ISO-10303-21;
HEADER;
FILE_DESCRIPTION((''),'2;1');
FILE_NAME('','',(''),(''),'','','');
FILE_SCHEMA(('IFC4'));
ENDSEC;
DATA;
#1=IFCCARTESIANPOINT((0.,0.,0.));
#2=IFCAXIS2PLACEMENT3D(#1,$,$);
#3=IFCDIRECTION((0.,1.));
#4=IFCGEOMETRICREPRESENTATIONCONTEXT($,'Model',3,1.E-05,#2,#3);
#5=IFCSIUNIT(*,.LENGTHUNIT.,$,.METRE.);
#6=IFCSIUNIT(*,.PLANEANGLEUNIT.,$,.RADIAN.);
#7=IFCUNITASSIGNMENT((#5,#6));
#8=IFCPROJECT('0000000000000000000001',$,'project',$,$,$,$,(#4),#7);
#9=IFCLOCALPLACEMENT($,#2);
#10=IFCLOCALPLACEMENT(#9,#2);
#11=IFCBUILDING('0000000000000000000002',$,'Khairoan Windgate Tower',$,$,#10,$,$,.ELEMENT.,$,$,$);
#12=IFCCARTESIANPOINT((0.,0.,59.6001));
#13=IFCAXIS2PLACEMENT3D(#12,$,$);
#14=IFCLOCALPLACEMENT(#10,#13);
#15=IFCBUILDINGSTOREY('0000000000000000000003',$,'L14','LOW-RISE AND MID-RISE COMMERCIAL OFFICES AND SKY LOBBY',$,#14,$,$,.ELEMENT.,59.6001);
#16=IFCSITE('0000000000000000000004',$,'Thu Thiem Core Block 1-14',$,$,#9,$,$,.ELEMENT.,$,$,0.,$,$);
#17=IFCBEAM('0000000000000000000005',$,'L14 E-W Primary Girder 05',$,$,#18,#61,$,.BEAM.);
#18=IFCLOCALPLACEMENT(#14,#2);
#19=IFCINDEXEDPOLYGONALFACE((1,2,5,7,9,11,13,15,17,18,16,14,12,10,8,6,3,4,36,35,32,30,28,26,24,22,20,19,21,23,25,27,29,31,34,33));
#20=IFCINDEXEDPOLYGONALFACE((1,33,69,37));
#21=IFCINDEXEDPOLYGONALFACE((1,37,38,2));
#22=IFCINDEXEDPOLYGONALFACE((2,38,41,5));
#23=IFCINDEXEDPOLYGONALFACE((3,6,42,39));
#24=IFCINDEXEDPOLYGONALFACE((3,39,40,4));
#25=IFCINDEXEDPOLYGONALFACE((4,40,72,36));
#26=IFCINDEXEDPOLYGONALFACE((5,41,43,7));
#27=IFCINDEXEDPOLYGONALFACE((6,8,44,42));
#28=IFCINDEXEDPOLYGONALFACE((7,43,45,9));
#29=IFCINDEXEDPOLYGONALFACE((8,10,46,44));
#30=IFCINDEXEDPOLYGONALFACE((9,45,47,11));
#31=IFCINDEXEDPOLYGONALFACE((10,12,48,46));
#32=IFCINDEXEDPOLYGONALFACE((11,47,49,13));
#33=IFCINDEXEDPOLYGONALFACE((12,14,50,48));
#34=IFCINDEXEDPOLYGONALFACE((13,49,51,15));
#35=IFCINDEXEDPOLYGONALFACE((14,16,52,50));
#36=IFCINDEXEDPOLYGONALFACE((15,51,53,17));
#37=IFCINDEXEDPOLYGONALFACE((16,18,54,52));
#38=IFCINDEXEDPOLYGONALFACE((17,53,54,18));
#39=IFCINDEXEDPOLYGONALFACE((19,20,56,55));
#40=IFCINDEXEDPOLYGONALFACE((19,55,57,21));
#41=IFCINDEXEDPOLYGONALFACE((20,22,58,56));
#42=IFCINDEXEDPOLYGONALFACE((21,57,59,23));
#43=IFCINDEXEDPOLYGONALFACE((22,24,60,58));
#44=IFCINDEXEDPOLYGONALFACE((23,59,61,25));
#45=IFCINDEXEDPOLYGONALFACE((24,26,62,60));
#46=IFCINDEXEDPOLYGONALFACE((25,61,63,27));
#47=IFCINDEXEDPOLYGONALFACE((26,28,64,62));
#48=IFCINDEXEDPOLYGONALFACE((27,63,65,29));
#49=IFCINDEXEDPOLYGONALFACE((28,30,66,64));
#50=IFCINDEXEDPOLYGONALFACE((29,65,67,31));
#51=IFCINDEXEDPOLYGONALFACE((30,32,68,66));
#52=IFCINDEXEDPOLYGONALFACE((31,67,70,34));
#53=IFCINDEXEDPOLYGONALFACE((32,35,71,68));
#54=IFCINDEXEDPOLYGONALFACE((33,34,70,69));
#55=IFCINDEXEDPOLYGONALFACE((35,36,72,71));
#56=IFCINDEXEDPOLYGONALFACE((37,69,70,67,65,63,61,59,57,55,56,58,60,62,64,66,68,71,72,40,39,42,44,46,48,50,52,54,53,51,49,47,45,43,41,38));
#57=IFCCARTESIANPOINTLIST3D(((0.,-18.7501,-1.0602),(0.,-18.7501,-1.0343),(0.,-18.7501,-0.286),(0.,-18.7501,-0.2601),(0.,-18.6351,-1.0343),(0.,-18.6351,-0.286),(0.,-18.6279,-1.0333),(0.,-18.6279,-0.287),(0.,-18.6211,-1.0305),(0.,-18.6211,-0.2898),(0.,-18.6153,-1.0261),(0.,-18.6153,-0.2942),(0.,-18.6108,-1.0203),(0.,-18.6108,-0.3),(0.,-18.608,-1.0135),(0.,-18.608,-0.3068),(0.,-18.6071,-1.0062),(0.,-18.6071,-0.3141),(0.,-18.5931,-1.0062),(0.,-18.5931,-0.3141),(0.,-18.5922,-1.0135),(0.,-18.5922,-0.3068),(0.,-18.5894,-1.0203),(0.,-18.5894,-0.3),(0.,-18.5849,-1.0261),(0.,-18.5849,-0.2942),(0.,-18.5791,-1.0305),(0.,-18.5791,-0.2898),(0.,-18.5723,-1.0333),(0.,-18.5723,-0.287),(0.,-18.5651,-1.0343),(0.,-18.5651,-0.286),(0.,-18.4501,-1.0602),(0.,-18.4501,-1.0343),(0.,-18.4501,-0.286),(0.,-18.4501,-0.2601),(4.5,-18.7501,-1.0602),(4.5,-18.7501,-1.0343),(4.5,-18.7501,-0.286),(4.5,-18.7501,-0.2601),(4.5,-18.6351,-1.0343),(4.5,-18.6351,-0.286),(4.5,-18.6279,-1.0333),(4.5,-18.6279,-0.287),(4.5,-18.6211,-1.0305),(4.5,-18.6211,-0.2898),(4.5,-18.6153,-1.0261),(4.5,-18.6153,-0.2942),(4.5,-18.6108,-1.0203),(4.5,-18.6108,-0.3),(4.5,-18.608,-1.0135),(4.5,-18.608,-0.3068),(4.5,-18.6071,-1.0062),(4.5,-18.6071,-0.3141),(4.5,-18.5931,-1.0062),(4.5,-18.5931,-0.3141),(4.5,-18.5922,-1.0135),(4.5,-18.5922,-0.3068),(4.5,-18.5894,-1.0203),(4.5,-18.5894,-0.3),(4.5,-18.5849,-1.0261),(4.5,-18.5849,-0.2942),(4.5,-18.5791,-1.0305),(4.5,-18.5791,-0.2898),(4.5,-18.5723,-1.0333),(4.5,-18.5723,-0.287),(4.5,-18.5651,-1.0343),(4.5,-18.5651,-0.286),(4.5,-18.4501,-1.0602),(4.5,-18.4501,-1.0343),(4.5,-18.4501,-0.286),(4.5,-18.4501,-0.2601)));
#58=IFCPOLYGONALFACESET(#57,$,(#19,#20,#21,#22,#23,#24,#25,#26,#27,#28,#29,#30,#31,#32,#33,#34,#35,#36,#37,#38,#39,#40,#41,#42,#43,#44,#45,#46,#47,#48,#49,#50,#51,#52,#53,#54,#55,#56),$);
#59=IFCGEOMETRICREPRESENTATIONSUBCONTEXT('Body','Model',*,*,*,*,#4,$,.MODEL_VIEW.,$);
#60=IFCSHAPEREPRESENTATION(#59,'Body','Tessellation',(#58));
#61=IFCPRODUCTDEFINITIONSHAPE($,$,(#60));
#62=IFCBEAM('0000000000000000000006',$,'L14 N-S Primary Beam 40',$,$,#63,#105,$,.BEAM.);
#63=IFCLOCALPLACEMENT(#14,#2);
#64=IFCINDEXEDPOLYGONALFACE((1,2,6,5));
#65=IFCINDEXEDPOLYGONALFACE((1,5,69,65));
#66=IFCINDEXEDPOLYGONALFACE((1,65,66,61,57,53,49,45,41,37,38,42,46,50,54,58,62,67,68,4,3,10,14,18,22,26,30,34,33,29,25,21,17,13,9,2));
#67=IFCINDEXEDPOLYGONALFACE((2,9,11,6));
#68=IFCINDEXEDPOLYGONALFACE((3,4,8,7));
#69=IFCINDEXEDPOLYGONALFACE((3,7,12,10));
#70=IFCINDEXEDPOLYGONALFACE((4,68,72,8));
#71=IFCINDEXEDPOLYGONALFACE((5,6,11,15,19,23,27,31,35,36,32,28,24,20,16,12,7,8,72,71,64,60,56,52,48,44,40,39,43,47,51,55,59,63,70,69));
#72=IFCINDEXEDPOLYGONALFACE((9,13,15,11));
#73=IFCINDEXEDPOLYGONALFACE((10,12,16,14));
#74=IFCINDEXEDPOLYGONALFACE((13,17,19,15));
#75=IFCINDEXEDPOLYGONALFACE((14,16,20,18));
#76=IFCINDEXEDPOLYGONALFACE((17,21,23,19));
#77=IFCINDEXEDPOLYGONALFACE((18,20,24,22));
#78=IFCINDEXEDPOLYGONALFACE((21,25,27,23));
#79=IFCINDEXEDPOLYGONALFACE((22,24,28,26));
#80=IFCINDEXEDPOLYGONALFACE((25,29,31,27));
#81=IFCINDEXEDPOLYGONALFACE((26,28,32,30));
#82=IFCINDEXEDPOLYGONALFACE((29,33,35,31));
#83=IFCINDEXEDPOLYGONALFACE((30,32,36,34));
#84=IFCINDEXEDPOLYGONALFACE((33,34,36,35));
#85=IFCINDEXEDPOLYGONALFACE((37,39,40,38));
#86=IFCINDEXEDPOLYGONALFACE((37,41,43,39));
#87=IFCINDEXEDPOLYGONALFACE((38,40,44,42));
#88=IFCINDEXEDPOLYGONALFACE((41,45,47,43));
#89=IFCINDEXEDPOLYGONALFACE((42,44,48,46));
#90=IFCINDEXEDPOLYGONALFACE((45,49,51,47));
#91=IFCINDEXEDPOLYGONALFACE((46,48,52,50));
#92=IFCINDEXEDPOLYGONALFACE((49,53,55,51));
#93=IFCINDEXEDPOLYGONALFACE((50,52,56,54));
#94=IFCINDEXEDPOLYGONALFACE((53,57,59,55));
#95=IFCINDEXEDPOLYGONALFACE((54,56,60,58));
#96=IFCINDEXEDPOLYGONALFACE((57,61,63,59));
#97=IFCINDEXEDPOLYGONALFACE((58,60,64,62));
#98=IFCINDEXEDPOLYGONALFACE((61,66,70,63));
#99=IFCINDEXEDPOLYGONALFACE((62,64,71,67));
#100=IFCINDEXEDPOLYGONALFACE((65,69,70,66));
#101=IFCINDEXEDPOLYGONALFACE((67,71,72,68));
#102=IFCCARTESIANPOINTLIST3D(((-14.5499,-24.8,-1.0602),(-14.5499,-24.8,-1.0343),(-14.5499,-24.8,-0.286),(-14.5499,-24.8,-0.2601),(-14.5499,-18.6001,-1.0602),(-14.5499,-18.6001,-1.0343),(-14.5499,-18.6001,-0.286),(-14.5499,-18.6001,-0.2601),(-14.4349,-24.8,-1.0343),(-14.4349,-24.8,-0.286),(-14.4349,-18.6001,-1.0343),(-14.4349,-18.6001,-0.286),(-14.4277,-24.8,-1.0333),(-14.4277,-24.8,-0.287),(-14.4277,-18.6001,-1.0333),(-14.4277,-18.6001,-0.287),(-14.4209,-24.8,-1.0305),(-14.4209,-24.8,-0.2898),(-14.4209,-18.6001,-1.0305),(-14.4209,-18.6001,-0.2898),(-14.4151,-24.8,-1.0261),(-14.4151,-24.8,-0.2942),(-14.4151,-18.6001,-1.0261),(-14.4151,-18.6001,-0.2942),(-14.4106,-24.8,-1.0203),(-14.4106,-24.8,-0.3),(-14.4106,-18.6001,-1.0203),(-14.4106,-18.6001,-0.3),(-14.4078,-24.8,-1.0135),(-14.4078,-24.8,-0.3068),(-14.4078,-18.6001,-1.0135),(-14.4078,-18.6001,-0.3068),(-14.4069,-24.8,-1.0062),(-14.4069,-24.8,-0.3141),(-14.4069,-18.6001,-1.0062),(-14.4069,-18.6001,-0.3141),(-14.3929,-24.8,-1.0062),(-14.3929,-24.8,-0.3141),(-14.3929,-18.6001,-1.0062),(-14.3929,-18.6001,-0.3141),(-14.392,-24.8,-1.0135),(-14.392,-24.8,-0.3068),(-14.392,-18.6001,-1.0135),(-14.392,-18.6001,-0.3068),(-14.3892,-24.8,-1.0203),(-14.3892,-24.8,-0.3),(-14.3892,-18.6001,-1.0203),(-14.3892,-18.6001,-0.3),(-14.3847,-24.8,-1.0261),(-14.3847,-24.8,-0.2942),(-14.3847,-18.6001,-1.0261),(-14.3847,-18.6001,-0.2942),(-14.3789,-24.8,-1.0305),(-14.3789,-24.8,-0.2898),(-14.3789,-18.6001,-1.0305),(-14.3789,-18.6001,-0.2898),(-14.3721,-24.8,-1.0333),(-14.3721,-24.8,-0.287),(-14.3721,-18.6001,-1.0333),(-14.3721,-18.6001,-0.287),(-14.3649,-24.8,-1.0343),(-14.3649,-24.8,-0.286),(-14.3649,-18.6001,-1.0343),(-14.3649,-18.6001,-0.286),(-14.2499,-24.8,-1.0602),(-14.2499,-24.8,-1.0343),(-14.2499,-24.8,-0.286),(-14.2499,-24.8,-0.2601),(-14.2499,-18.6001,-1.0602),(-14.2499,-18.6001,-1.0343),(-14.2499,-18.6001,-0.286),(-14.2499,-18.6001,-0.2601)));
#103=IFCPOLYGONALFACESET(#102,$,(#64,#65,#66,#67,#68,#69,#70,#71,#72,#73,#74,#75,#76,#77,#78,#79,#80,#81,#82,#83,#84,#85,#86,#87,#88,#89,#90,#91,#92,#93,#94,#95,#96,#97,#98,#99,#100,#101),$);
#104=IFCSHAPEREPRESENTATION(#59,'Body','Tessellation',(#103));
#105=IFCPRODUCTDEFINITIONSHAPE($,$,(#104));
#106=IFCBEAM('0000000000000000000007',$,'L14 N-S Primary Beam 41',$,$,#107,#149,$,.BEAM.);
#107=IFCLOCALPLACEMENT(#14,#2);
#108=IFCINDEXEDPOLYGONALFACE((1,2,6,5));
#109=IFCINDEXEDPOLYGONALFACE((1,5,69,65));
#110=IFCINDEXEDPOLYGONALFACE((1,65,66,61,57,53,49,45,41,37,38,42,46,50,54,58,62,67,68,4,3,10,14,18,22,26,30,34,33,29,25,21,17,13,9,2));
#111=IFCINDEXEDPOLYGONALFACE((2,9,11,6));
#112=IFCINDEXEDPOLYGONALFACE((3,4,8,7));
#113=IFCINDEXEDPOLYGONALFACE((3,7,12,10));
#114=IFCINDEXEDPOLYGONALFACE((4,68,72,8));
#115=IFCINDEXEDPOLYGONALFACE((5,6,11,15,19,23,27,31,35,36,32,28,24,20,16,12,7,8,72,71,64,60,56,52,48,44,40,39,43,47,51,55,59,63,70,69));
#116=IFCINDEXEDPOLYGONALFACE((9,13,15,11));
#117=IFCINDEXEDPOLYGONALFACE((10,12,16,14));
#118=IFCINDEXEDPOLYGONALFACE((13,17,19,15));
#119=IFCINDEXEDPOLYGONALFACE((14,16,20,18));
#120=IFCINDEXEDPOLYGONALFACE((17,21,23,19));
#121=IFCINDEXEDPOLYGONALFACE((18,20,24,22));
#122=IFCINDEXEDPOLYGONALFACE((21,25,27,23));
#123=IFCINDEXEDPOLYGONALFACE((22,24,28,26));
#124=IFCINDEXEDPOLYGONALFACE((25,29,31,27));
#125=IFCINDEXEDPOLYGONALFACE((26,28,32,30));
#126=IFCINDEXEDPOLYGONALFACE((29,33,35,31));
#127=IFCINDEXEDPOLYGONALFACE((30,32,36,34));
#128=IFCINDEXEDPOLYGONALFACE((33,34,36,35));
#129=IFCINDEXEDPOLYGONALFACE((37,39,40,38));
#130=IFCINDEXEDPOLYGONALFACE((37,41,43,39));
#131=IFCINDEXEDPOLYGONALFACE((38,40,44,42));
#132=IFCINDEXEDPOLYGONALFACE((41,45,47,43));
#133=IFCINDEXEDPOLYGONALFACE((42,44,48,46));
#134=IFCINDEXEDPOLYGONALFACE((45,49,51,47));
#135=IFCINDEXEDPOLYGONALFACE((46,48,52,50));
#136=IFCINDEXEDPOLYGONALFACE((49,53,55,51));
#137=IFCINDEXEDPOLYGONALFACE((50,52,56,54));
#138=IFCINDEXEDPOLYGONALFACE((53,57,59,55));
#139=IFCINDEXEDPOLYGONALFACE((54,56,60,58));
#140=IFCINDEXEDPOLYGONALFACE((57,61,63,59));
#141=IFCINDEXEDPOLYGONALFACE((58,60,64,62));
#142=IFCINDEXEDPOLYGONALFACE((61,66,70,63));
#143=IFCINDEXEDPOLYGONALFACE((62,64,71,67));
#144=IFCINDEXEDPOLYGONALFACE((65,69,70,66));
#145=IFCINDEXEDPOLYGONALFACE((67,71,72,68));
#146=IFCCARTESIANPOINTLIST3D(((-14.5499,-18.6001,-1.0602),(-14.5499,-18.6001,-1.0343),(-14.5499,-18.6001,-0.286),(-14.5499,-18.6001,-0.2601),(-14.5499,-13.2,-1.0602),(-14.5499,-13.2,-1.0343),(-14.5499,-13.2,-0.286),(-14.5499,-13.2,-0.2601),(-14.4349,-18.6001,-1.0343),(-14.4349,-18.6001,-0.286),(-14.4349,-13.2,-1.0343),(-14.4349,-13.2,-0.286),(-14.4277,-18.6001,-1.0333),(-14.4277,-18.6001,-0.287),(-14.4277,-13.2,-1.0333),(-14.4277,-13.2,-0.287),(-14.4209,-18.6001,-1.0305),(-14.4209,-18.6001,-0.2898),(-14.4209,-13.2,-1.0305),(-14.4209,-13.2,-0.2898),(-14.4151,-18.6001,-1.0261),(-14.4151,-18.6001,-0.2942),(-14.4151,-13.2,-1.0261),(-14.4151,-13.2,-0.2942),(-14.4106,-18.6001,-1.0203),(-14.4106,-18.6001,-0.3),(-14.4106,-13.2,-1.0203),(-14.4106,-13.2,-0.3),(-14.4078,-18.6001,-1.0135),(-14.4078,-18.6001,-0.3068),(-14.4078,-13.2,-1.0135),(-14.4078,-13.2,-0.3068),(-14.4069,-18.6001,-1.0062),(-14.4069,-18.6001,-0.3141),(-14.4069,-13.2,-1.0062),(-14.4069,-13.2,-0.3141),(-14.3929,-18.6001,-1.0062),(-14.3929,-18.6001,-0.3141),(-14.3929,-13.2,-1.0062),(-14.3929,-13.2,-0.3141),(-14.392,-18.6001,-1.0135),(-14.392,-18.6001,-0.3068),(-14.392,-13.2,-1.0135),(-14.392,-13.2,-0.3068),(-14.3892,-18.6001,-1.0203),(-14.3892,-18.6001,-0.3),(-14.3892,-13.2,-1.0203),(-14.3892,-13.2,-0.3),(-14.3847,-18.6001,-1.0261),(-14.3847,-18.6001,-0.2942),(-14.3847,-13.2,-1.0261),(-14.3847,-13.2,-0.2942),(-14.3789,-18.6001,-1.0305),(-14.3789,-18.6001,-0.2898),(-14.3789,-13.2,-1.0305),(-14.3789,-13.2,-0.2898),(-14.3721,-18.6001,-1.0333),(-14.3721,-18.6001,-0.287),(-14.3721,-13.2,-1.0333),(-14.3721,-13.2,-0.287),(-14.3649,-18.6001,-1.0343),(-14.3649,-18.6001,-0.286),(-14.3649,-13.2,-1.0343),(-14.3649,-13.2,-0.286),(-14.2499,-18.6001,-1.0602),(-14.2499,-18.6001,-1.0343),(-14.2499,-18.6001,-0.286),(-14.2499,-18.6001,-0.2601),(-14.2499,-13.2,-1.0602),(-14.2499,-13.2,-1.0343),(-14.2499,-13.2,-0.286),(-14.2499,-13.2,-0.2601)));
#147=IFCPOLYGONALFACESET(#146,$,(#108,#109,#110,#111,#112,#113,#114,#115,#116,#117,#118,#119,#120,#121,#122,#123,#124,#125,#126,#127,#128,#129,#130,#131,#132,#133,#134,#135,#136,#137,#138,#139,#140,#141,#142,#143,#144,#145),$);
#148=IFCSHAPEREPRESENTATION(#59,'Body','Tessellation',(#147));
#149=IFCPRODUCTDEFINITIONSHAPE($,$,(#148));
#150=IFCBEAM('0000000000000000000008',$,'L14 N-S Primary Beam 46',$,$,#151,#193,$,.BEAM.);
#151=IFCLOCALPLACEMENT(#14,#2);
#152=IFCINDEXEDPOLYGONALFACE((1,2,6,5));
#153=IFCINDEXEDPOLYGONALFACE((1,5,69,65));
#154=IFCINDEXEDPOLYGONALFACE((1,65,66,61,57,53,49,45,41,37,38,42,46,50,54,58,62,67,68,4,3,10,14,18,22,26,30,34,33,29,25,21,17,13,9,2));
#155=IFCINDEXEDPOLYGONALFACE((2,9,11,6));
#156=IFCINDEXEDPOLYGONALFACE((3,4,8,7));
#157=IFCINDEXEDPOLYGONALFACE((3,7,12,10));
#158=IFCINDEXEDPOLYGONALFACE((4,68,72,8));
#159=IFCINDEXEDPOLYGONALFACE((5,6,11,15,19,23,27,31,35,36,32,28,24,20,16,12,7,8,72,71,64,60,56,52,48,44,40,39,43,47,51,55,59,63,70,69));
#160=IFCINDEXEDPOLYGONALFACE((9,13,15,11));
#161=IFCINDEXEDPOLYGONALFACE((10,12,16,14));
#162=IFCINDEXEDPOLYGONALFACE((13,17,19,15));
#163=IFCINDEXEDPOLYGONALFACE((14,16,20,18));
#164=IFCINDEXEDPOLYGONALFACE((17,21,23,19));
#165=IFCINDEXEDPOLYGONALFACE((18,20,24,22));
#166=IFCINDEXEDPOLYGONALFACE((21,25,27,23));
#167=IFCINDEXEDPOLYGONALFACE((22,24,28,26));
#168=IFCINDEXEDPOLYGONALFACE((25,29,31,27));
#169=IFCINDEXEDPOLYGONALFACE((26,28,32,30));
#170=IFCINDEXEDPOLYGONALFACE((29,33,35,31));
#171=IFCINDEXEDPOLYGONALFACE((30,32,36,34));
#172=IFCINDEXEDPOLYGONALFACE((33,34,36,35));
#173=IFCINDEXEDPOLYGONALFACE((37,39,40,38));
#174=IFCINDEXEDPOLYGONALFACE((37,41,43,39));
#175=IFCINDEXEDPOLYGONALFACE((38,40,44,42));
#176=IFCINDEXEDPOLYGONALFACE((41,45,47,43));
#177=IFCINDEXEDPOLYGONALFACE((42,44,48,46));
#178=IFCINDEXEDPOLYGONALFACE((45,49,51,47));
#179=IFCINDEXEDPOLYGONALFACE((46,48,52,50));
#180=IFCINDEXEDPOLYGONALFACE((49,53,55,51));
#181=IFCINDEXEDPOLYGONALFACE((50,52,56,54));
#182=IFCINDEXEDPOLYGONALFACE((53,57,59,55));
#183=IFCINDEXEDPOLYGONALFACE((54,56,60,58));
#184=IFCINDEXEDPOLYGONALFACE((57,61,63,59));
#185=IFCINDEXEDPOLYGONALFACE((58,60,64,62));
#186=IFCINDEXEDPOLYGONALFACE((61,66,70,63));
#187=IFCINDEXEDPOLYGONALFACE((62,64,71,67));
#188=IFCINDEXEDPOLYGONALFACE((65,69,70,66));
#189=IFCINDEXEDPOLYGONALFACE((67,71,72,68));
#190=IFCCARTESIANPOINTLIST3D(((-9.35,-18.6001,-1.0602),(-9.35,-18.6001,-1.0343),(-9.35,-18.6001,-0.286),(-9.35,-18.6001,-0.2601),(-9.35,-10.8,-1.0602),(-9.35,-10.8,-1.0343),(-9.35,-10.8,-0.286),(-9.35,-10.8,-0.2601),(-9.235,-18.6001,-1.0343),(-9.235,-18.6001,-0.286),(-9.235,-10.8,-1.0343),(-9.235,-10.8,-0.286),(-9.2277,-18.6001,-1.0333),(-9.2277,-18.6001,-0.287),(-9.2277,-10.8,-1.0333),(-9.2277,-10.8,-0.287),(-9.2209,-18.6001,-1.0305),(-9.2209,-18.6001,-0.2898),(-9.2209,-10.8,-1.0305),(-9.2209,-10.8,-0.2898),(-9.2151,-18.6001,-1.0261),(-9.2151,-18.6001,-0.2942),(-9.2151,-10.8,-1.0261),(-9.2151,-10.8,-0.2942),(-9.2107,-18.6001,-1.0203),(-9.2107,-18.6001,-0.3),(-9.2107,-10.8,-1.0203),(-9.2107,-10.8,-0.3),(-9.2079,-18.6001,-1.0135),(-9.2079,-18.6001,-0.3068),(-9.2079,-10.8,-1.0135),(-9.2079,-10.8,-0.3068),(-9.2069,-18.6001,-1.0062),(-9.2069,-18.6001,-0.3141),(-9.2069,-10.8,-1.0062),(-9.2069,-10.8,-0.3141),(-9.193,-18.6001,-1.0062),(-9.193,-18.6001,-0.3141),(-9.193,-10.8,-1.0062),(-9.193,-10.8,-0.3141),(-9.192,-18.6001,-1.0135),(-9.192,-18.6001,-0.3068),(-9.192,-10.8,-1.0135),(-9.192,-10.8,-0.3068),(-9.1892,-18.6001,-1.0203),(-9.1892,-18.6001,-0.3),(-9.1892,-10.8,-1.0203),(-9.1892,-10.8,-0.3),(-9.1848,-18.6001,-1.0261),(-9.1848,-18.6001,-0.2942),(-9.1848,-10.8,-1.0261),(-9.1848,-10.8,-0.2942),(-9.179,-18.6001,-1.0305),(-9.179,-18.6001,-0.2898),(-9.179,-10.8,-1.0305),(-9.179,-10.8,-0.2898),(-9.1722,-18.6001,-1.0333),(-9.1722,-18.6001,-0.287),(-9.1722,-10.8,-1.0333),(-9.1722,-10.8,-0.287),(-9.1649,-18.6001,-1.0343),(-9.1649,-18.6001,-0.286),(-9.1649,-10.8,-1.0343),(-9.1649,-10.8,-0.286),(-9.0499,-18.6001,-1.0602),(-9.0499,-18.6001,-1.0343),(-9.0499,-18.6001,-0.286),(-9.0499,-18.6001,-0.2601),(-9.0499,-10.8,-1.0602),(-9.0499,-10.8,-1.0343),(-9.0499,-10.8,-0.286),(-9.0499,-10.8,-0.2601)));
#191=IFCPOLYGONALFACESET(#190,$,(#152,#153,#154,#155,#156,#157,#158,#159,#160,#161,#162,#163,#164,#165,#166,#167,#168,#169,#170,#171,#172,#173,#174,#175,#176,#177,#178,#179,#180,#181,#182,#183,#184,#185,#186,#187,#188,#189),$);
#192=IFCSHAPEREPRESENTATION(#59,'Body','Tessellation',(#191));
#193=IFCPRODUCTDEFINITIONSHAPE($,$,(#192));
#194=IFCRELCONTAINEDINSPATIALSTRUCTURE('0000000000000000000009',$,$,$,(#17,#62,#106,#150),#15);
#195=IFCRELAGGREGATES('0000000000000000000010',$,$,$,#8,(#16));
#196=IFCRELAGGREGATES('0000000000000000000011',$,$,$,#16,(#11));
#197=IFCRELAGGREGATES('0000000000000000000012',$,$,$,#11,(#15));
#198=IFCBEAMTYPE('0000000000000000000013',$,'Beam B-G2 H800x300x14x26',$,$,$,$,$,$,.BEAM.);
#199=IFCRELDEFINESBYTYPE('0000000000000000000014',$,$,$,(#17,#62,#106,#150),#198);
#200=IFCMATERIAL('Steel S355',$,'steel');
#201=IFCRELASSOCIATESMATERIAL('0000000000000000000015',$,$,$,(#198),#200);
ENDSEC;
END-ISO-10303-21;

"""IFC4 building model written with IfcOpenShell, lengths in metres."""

from ifc_helpers import new_model, si_unit, direction, frame, origin, origin_2d, place, context, subcontext, project, spatial, i_section, extrude, material, material_profile, profile_set, type_object, element, save


model = new_model("IFC4")

# Units and contexts
model_context = context("Model", 3, precision=1e-05, world=origin(), true_north=direction((0.0, 1.0)))
body_context = subcontext(model_context, "Body", "Model", "MODEL_VIEW")
ifc_project = project(units=[si_unit("LENGTHUNIT", "METRE"), si_unit("PLANEANGLEUNIT", "RADIAN")], contexts=[model_context])

# Site, building, storey
site_placement = place(None, origin())
site = spatial("IfcSite", under=ifc_project, at=site_placement, Name="Thu Thiem Core Block 1-14", CompositionType="ELEMENT", RefElevation=0.0)
building_placement = place(site_placement, origin())
building = spatial("IfcBuilding", under=site, at=building_placement, Name="Khairoan Windgate Tower", CompositionType="ELEMENT")
storey_placement = place(building_placement, frame((0.0, 0.0, 59.6001)))
storey = spatial("IfcBuildingStorey", under=building, at=storey_placement, Name="L14", Description="LOW-RISE AND MID-RISE COMMERCIAL OFFICES AND SKY LOBBY", CompositionType="ELEMENT", Elevation=59.6001)

# Beams
ifc_material_1 = material(Name="Steel S355", Category="steel")
ifc_material_profile_1 = material_profile(ifc_material_1, i_section(OverallWidth=0.3, OverallDepth=0.8, WebThickness=0.0139, FlangeThickness=0.0259, FilletRadius=0.0281, at=origin_2d()))
ifc_profile_set_1 = profile_set([ifc_material_profile_1], Name="Steel S355")
beam_type_1 = type_object("IfcBeamType", Name="Beam B-G2 H800x300x14x26", PredefinedType="BEAM", material=ifc_profile_set_1)
for number, where, z_axis, x_axis, name in (
    (1, (0.0, -18.6001, -0.6602), (1.0, 0.0, 0.0), (0.0, 1.0, 0.0), "L14 E-W Primary Girder 05"),
):
    element("IfcBeam", number, at=place(storey_placement, frame(where, z_axis=z_axis, x_axis=x_axis)), inside=storey, type_object=beam_type_1, Name=name, PredefinedType="BEAM", context=body_context, shape_type="SweptSolid", body=[
        extrude(i_section(OverallWidth=0.3, OverallDepth=0.8, WebThickness=0.0139, FlangeThickness=0.0259, FilletRadius=0.0281, at=origin_2d()), origin(), (0.0, 0.0, 1.0), 4.5),
    ])
beam_1_placement = place(storey_placement, frame((-14.3999, -24.8, -0.6602), z_axis=(0.0, 1.0, 0.0), x_axis=(-1.0, 0.0, 0.0)))
element("IfcBeam", 2, at=beam_1_placement, inside=storey, type_object=beam_type_1, Name="L14 N-S Primary Beam 40", PredefinedType="BEAM", context=body_context, shape_type="SweptSolid", body=[
    extrude(i_section(OverallWidth=0.3, OverallDepth=0.8, WebThickness=0.0139, FlangeThickness=0.0259, FilletRadius=0.0281, at=origin_2d()), origin(), (0.0, 0.0, 1.0), 6.2),
])
beam_2_placement = place(storey_placement, frame((-14.3999, -18.6001, -0.6602), z_axis=(0.0, 1.0, 0.0), x_axis=(-1.0, 0.0, 0.0)))
element("IfcBeam", 3, at=beam_2_placement, inside=storey, type_object=beam_type_1, Name="L14 N-S Primary Beam 41", PredefinedType="BEAM", context=body_context, shape_type="SweptSolid", body=[
    extrude(i_section(OverallWidth=0.3, OverallDepth=0.8, WebThickness=0.0139, FlangeThickness=0.0259, FilletRadius=0.0281, at=origin_2d()), origin(), (0.0, 0.0, 1.0), 5.4001),
])
beam_3_placement = place(storey_placement, frame((-9.2, -18.6001, -0.6602), z_axis=(0.0, 1.0, 0.0), x_axis=(-1.0, 0.0, 0.0)))
element("IfcBeam", 4, at=beam_3_placement, inside=storey, type_object=beam_type_1, Name="L14 N-S Primary Beam 46", PredefinedType="BEAM", context=body_context, shape_type="SweptSolid", body=[
    extrude(i_section(OverallWidth=0.3, OverallDepth=0.8, WebThickness=0.0139, FlangeThickness=0.0259, FilletRadius=0.0281, at=origin_2d()), origin(), (0.0, 0.0, 1.0), 7.8),
])

save(model, "model.ifc")
